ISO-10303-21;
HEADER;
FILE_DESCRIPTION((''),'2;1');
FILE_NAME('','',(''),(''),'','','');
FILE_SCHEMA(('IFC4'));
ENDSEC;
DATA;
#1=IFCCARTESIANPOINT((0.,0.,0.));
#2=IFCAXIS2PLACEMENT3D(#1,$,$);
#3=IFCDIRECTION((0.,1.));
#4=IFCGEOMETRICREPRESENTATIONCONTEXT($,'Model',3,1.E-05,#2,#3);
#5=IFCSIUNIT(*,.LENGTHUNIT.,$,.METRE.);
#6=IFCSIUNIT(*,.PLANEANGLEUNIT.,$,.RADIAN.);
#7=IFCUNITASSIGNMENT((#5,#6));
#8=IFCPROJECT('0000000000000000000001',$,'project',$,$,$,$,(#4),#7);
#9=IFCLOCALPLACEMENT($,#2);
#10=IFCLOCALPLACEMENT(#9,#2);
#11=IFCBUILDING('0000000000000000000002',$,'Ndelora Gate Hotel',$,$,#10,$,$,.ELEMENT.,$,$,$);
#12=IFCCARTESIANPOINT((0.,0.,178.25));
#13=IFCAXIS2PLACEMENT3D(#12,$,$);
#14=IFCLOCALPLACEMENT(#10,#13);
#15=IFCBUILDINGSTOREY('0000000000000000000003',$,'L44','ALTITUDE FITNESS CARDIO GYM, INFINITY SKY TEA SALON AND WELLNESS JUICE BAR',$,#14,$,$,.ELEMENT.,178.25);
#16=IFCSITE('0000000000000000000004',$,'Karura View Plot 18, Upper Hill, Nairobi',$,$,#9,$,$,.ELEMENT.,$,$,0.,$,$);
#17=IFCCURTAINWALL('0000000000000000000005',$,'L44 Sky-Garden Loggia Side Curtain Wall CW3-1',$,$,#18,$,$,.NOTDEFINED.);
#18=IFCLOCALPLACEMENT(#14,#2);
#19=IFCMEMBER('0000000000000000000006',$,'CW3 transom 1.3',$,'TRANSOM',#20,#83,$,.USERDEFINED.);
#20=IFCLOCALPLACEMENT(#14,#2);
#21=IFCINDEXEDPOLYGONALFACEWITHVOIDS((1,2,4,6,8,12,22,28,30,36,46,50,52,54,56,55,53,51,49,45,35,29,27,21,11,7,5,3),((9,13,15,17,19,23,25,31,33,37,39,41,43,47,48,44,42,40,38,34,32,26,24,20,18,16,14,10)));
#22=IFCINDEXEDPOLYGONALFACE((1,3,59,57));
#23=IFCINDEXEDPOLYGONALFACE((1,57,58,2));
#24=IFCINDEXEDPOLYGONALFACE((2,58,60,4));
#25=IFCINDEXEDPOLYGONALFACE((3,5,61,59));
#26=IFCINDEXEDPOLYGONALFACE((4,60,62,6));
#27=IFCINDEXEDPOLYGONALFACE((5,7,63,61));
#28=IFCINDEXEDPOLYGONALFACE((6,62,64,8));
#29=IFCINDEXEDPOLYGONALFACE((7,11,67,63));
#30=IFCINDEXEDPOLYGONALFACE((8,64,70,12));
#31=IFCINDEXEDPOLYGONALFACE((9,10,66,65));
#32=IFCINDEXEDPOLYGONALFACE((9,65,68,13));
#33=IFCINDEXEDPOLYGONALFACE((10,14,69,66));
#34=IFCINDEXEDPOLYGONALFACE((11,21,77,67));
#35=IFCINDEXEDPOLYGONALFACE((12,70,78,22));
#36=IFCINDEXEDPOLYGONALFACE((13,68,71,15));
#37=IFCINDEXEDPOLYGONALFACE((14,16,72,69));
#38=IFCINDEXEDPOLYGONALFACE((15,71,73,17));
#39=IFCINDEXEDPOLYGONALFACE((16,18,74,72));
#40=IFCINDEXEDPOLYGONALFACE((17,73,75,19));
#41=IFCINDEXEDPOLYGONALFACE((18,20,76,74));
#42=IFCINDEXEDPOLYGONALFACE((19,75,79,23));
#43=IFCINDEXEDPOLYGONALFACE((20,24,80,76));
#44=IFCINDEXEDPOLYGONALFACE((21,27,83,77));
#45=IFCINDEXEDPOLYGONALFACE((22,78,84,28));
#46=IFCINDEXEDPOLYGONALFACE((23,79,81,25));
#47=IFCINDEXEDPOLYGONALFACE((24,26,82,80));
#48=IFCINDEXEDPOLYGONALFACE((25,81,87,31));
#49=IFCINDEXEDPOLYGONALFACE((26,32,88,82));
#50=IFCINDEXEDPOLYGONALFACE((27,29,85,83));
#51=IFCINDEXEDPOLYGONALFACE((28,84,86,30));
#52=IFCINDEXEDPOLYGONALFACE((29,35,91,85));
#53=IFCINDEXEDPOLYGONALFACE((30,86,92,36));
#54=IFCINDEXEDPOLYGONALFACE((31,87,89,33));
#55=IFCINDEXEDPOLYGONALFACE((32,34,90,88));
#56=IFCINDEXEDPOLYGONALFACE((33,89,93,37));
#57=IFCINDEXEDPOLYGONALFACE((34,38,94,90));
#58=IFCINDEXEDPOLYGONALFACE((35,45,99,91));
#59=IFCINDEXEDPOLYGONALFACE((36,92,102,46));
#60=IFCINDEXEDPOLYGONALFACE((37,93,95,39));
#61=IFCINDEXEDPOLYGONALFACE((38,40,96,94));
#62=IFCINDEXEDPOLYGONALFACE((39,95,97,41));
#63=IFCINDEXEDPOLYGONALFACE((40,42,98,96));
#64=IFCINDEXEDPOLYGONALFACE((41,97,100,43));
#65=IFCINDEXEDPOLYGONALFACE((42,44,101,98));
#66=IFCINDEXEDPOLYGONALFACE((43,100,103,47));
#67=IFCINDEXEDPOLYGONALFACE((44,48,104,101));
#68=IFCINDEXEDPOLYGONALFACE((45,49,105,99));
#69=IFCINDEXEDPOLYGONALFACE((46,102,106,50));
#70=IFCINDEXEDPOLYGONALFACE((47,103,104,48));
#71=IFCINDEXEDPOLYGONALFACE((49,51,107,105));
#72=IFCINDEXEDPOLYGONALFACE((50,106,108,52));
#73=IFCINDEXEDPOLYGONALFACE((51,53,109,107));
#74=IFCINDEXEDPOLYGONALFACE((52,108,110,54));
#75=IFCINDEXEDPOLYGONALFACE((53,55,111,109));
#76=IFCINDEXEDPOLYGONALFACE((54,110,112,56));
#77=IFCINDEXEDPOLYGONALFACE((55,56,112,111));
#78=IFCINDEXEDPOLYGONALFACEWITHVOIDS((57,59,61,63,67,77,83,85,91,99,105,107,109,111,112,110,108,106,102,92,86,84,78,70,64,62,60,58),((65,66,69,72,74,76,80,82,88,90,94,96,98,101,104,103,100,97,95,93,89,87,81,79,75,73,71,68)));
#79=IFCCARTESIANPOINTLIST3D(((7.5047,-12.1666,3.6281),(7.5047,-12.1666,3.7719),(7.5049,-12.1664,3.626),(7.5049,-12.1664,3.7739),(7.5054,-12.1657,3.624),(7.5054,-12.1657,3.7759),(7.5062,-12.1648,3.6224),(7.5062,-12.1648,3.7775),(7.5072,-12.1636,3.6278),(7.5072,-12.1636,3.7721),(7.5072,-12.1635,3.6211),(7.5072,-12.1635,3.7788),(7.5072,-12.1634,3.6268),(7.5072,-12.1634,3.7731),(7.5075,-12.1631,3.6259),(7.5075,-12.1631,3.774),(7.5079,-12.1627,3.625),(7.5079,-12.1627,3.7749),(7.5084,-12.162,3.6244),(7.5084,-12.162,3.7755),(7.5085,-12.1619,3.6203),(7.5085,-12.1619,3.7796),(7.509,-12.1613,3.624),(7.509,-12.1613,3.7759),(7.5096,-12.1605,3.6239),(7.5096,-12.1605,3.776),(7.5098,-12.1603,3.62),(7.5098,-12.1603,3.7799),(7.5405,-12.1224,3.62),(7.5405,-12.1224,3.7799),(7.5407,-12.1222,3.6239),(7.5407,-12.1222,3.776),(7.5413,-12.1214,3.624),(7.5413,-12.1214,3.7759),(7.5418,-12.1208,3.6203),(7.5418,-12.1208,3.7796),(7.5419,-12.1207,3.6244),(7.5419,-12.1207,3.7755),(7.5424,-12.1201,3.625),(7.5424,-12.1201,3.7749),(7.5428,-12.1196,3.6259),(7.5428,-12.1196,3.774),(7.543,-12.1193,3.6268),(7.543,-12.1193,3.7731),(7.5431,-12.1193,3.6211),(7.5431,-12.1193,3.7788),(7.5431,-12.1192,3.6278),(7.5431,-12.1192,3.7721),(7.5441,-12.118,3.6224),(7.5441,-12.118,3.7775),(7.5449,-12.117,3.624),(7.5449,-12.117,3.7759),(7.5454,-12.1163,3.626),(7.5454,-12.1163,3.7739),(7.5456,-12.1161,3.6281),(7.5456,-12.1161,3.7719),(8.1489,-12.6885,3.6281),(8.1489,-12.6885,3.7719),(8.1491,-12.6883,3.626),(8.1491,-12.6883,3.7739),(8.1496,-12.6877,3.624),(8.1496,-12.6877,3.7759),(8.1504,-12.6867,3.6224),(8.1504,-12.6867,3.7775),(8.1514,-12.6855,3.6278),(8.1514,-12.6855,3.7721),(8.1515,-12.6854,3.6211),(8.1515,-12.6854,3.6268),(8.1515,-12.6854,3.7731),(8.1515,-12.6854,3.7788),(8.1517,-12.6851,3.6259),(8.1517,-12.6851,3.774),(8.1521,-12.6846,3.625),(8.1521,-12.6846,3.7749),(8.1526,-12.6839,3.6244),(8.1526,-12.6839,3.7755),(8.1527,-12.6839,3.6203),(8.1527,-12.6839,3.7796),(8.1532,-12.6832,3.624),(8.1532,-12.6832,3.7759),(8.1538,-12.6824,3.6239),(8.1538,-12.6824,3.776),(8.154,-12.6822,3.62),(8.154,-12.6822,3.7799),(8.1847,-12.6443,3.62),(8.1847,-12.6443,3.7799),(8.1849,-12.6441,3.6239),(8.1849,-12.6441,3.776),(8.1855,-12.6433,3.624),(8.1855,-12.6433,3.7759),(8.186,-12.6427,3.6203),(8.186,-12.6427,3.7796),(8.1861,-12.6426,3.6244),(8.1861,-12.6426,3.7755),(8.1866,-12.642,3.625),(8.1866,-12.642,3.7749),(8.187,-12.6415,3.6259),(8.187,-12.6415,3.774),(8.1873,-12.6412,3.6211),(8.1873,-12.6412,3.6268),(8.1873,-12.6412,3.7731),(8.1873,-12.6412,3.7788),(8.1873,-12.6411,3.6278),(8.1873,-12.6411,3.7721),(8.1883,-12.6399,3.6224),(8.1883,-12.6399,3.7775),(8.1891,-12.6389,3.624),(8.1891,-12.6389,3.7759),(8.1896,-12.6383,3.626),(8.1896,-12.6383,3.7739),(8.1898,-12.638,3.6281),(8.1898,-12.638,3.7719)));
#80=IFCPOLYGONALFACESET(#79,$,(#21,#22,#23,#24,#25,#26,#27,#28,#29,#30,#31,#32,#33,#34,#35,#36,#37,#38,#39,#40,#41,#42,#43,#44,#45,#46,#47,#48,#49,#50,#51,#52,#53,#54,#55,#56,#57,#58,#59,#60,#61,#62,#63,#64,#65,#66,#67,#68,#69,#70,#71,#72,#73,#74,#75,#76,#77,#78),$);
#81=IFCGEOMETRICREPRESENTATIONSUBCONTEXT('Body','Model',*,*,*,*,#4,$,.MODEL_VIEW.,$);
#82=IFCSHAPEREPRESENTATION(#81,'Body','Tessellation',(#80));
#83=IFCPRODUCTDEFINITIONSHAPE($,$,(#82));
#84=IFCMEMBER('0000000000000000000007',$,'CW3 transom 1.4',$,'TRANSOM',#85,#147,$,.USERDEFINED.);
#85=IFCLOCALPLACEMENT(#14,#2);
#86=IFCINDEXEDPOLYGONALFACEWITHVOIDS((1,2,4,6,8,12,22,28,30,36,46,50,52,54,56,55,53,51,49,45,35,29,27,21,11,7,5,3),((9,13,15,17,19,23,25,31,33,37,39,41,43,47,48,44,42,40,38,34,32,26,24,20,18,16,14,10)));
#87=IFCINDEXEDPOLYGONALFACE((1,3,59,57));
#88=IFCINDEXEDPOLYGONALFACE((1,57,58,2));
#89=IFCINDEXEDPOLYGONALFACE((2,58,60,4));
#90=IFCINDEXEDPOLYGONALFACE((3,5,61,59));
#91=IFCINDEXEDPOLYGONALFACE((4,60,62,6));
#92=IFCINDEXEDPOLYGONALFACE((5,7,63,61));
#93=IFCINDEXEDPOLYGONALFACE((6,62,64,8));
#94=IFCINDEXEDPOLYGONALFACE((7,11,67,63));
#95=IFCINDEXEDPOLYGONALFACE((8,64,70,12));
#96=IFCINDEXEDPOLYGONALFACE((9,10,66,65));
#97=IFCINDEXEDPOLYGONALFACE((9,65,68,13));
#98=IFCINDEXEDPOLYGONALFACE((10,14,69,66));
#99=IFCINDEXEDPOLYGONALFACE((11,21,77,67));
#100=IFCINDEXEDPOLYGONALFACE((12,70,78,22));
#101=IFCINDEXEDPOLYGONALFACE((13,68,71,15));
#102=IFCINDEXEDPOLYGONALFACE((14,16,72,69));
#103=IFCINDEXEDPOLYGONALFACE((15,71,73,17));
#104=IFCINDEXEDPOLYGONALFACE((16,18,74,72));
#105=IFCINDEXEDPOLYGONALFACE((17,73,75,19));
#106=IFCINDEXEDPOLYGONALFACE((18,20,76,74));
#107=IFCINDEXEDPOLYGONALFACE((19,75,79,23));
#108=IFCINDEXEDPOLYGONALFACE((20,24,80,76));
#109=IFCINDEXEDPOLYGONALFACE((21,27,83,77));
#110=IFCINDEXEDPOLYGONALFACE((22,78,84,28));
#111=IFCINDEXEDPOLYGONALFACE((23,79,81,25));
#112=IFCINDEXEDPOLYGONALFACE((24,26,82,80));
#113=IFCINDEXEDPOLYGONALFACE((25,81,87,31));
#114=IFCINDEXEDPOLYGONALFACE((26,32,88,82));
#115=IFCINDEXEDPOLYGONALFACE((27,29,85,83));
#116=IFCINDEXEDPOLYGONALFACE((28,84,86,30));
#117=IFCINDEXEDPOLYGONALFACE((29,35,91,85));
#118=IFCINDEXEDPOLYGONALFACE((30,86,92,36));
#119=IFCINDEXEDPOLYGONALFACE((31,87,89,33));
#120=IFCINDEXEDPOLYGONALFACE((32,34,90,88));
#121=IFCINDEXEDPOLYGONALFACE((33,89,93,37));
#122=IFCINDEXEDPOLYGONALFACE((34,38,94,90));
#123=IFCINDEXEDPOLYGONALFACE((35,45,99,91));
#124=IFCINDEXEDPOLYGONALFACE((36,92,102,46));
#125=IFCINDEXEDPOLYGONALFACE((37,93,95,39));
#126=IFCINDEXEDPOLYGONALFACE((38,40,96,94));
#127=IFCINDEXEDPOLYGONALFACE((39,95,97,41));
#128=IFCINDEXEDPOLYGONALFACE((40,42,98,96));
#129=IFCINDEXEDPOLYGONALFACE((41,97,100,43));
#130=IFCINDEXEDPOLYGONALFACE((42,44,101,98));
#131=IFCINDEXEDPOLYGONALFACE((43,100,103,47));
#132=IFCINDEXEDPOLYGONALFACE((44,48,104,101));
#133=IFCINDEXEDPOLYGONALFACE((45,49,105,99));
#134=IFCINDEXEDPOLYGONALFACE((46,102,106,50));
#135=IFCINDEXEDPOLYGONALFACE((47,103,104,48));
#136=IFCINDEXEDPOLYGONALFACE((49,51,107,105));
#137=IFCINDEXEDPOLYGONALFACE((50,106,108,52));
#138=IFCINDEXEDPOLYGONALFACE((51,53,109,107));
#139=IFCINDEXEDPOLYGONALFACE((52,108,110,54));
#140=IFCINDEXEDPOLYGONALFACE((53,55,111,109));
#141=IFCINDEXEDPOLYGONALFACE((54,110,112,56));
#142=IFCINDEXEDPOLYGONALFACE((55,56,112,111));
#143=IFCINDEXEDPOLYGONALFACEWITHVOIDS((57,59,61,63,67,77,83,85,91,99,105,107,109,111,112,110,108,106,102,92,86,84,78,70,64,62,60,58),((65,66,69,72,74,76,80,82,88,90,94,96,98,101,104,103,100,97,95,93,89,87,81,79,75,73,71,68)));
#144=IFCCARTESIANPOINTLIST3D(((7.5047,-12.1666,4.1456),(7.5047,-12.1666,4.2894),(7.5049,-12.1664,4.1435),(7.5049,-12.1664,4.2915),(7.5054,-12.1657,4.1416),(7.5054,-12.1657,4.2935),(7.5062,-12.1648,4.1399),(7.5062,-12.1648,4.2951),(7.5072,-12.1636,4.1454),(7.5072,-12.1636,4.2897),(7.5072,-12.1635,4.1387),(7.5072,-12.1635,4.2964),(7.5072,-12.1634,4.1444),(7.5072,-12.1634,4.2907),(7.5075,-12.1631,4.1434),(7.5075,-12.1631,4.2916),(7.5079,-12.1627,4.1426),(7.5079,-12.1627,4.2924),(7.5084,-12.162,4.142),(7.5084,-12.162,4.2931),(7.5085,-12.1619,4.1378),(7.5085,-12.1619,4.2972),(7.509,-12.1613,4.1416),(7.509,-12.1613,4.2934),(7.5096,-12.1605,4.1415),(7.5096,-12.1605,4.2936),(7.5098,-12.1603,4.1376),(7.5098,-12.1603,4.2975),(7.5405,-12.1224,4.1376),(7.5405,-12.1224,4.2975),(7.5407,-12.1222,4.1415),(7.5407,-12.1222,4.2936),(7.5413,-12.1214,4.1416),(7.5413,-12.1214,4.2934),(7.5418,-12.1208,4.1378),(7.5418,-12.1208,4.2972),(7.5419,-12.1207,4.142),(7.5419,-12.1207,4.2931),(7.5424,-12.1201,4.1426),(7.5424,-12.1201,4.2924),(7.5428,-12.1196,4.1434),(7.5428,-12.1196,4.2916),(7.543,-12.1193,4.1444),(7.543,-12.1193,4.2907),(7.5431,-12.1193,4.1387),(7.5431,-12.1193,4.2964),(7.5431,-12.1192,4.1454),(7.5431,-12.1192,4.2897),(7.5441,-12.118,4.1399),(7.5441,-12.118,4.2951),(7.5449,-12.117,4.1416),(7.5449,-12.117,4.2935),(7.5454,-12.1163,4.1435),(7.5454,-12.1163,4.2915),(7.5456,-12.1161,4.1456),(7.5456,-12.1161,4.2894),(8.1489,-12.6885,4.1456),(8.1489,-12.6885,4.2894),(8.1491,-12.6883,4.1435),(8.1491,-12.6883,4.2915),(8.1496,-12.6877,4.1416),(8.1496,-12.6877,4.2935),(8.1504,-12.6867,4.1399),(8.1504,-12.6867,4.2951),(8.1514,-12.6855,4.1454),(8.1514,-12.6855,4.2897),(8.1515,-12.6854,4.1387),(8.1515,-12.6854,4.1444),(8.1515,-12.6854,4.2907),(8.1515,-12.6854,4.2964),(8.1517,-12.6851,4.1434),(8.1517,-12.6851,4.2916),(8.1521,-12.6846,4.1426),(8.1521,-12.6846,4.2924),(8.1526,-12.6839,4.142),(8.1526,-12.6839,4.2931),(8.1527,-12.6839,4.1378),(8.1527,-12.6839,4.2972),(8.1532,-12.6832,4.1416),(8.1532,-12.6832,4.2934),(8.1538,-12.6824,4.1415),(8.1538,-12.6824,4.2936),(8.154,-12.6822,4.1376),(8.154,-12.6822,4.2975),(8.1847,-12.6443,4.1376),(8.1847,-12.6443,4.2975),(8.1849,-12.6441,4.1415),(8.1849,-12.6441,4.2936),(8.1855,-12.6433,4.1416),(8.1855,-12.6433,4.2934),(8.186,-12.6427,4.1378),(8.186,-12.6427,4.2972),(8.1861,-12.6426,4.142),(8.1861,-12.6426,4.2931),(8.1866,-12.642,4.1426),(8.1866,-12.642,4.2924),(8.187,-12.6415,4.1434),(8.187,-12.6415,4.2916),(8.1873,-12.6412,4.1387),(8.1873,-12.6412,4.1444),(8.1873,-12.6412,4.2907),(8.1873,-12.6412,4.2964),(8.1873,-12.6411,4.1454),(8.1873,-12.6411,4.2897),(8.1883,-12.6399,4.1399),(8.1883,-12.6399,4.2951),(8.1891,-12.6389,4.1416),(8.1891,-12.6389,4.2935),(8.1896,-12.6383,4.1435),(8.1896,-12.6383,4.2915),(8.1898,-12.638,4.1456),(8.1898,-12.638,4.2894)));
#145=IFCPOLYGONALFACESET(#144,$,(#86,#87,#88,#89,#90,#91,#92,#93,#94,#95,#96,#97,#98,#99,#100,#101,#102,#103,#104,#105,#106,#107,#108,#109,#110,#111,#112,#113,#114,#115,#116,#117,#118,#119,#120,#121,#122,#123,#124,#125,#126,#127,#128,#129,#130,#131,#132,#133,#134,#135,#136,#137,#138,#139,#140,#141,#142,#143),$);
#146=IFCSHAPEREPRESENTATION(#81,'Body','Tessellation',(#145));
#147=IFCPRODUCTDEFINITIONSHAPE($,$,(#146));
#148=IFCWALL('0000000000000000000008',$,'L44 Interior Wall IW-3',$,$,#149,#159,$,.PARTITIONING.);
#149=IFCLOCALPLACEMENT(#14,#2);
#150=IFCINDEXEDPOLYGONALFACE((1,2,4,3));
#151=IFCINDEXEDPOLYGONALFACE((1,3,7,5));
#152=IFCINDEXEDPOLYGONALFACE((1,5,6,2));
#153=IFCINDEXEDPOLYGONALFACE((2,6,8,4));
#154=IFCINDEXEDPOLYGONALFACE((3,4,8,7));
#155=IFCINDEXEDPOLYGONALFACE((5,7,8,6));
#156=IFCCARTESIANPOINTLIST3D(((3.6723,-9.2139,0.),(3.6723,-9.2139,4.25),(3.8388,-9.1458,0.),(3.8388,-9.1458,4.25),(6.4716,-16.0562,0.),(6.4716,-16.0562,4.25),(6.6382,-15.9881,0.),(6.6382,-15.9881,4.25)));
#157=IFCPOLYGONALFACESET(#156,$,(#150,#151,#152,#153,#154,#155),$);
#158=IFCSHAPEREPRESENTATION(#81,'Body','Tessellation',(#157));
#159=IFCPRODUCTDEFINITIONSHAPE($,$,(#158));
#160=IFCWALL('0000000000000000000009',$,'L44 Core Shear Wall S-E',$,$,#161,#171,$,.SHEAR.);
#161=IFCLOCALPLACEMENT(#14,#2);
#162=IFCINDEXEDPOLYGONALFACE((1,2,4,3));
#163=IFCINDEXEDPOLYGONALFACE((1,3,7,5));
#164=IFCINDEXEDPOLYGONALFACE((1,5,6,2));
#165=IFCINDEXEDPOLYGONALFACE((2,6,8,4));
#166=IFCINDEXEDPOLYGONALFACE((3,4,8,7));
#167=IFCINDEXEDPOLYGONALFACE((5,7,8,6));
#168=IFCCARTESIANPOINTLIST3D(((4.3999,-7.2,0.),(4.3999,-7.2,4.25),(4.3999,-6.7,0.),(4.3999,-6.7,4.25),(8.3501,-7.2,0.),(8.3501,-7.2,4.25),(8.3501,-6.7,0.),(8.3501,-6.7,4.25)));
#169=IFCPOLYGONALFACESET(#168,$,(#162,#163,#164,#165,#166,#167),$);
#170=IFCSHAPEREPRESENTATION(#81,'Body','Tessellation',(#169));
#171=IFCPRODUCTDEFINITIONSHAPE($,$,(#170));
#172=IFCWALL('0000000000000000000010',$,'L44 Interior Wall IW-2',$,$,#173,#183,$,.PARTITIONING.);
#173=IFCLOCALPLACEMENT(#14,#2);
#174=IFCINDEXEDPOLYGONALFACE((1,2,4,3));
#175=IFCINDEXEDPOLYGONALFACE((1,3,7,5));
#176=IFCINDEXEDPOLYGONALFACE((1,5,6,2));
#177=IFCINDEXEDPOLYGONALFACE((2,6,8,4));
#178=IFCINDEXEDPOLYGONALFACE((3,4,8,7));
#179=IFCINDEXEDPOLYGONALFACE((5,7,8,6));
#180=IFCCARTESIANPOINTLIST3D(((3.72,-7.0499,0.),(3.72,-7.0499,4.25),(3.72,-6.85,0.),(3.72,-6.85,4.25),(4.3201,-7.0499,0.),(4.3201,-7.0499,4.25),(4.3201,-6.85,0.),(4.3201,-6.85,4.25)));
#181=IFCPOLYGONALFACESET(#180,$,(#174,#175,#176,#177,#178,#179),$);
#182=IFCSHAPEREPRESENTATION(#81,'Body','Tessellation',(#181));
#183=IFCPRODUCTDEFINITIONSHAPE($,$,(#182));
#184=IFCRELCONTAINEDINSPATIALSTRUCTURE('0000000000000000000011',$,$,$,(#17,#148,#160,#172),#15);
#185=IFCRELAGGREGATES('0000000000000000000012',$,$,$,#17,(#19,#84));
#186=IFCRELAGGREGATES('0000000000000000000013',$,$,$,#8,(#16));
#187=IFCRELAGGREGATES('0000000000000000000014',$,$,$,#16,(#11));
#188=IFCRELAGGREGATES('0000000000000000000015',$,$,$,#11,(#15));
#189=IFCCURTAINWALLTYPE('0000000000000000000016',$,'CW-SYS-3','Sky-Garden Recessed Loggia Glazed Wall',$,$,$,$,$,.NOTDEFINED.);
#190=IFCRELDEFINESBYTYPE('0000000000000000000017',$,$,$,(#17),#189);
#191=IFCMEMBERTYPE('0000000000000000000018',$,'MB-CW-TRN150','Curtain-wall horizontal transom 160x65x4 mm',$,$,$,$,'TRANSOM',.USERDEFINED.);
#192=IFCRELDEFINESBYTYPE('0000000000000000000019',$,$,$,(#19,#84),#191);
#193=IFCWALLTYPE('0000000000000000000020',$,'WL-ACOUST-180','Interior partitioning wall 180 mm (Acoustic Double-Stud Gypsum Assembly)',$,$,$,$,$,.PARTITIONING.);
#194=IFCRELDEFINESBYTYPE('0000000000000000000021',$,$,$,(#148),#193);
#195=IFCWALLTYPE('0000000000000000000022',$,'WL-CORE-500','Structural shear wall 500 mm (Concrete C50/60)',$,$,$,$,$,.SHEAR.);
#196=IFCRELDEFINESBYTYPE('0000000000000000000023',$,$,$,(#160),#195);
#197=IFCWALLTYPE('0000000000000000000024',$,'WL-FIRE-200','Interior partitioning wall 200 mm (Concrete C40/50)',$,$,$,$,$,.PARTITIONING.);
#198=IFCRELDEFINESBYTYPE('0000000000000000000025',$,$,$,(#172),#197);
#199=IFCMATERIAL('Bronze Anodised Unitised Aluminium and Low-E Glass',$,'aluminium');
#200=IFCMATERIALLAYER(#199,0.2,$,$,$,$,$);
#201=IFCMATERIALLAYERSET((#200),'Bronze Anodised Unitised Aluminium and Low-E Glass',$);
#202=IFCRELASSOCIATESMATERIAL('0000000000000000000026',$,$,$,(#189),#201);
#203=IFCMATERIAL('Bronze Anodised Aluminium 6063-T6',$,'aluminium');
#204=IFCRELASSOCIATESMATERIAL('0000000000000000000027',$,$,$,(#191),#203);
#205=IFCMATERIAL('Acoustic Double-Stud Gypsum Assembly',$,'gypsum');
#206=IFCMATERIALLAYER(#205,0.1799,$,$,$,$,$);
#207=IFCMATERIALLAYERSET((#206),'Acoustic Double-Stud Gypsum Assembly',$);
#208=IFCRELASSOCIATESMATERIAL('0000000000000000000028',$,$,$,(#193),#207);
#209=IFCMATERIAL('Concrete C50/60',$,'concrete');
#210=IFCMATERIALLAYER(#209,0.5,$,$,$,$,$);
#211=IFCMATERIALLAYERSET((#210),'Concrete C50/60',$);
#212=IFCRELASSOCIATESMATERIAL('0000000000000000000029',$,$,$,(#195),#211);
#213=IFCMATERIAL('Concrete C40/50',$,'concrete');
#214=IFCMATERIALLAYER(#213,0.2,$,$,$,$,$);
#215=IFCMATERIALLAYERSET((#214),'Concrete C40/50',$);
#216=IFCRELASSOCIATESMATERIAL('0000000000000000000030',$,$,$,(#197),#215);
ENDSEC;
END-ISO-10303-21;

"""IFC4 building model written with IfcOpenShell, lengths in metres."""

from ifc_helpers import new_model, si_unit, direction, frame, frame_2d, origin, origin_2d, place, context, subcontext, project, spatial, rectangle, hollow_rectangle, extrude, material, layer, layer_set, material_profile, profile_set, type_object, element, aggregate, save


model = new_model("IFC4")

# Units and contexts
model_context = context("Model", 3, precision=1e-05, world=origin(), true_north=direction((0.0, 1.0)))
body_context = subcontext(model_context, "Body", "Model", "MODEL_VIEW")
ifc_project = project(units=[si_unit("LENGTHUNIT", "METRE"), si_unit("PLANEANGLEUNIT", "RADIAN")], contexts=[model_context])

# Site, building, storey
site_placement = place(None, origin())
site = spatial("IfcSite", under=ifc_project, at=site_placement, Name="Karura View Plot 18, Upper Hill, Nairobi", CompositionType="ELEMENT", RefElevation=0.0)
building_placement = place(site_placement, origin())
building = spatial("IfcBuilding", under=site, at=building_placement, Name="Ndelora Gate Hotel", CompositionType="ELEMENT")
storey_placement = place(building_placement, frame((0.0, 0.0, 178.25)))
storey = spatial("IfcBuildingStorey", under=building, at=storey_placement, Name="L44", Description="ALTITUDE FITNESS CARDIO GYM, INFINITY SKY TEA SALON AND WELLNESS JUICE BAR", CompositionType="ELEMENT", Elevation=178.25)

# Shared definitions
ifc_material_1 = material(Name="Concrete C50/60", Category="concrete")

# Curtain wall, members
ifc_material_2 = material(Name="Bronze Anodised Unitised Aluminium and Low-E Glass", Category="aluminium")
ifc_layer_1 = layer(ifc_material_2, 0.2)
ifc_layer_set_1 = layer_set([ifc_layer_1], Name="Bronze Anodised Unitised Aluminium and Low-E Glass")
curtain_wall_type = type_object("IfcCurtainWallType", Name="CW-SYS-3", Description="Sky-Garden Recessed Loggia Glazed Wall", PredefinedType="NOTDEFINED", material=ifc_layer_set_1)
curtain_wall_placement = place(storey_placement, origin())
curtain_wall = element("IfcCurtainWall", 1, at=curtain_wall_placement, inside=storey, type_object=curtain_wall_type, Name="L44 Sky-Garden Loggia Side Curtain Wall CW3-1", PredefinedType="NOTDEFINED")
ifc_material_3 = material(Name="Bronze Anodised Aluminium 6063-T6", Category="aluminium")
ifc_material_profile_1 = material_profile(ifc_material_3, hollow_rectangle(XDim=0.0649, YDim=0.1599, WallThickness=0.0039, InnerFilletRadius=0.0039, OuterFilletRadius=0.0081, at=origin_2d()), Name="ALU 160x65x4")
ifc_profile_set_1 = profile_set([ifc_material_profile_1], Name="Bronze Anodised Aluminium 6063-T6")
member_type_1 = type_object("IfcMemberType", Name="MB-CW-TRN150", Description="Curtain-wall horizontal transom 160x65x4 mm", ElementType="TRANSOM", PredefinedType="USERDEFINED", material=ifc_profile_set_1)
member_1_placement = place(storey_placement, frame((7.5251, -12.1414, 3.7), z_axis=(0.777005, -0.629495, 0.0), x_axis=(0.629495, 0.777005, 0.0)))
member_1 = element("IfcMember", 2, at=member_1_placement, type_object=member_type_1, Name="CW3 transom 1.3", ObjectType="TRANSOM", PredefinedType="USERDEFINED", context=body_context, shape_type="SweptSolid", body=[
    extrude(hollow_rectangle(XDim=0.0649, YDim=0.1599, WallThickness=0.0039, InnerFilletRadius=0.0039, OuterFilletRadius=0.0081, at=origin_2d()), origin(), (0.0, 0.0, 1.0), 0.8291),
])
member_2_placement = place(storey_placement, frame((7.5251, -12.1414, 4.2175), z_axis=(0.777005, -0.629495, 0.0), x_axis=(0.629495, 0.777005, 0.0)))
member_2 = element("IfcMember", 3, at=member_2_placement, type_object=member_type_1, Name="CW3 transom 1.4", ObjectType="TRANSOM", PredefinedType="USERDEFINED", context=body_context, shape_type="SweptSolid", body=[
    extrude(hollow_rectangle(XDim=0.0649, YDim=0.1599, WallThickness=0.0039, InnerFilletRadius=0.0039, OuterFilletRadius=0.0081, at=origin_2d()), origin(), (0.0, 0.0, 1.0), 0.8291),
])
aggregate(curtain_wall, [member_1, member_2])

# Walls
ifc_material_4 = material(Name="Acoustic Double-Stud Gypsum Assembly", Category="gypsum")
ifc_layer_2 = layer(ifc_material_4, 0.1799)
ifc_layer_set_2 = layer_set([ifc_layer_2], Name="Acoustic Double-Stud Gypsum Assembly")
wall_type_1 = type_object("IfcWallType", Name="WL-ACOUST-180", Description="Interior partitioning wall 180 mm (Acoustic Double-Stud Gypsum Assembly)", PredefinedType="PARTITIONING", material=ifc_layer_set_2)
wall_1_placement = place(storey_placement, frame((3.7556, -9.1799, 0.0), z_axis=(0.0, 0.0, 1.0), x_axis=(0.378656, -0.925537, 0.0)))
element("IfcWall", 4, at=wall_1_placement, inside=storey, type_object=wall_type_1, Name="L44 Interior Wall IW-3", PredefinedType="PARTITIONING", context=body_context, shape_type="SweptSolid", body=[
    extrude(rectangle(XDim=7.3928, YDim=0.1799, at=frame_2d((3.6963, 0.0))), origin(), (0.0, 0.0, 1.0), 4.25),
])
ifc_layer_3 = layer(ifc_material_1, 0.5)
ifc_layer_set_3 = layer_set([ifc_layer_3], Name="Concrete C50/60")
wall_type_2 = type_object("IfcWallType", Name="WL-CORE-500", Description="Structural shear wall 500 mm (Concrete C50/60)", PredefinedType="SHEAR", material=ifc_layer_set_3)
wall_2_placement = place(storey_placement, frame((4.3999, -6.95, 0.0), z_axis=(0.0, 0.0, 1.0), x_axis=(1.0, 0.0, 0.0)))
element("IfcWall", 5, at=wall_2_placement, inside=storey, type_object=wall_type_2, Name="L44 Core Shear Wall S-E", PredefinedType="SHEAR", context=body_context, shape_type="SweptSolid", body=[
    extrude(rectangle(XDim=3.9502, YDim=0.5, at=frame_2d((1.9751, 0.0))), origin(), (0.0, 0.0, 1.0), 4.25),
])
ifc_material_5 = material(Name="Concrete C40/50", Category="concrete")
ifc_layer_4 = layer(ifc_material_5, 0.2)
ifc_layer_set_4 = layer_set([ifc_layer_4], Name="Concrete C40/50")
wall_type_3 = type_object("IfcWallType", Name="WL-FIRE-200", Description="Interior partitioning wall 200 mm (Concrete C40/50)", PredefinedType="PARTITIONING", material=ifc_layer_set_4)
wall_3_placement = place(storey_placement, frame((3.72, -6.95, 0.0), z_axis=(0.0, 0.0, 1.0), x_axis=(1.0, 0.0, 0.0)))
element("IfcWall", 6, at=wall_3_placement, inside=storey, type_object=wall_type_3, Name="L44 Interior Wall IW-2", PredefinedType="PARTITIONING", context=body_context, shape_type="SweptSolid", body=[
    extrude(rectangle(XDim=0.6001, YDim=0.2, at=frame_2d((0.3, 0.0))), origin(), (0.0, 0.0, 1.0), 4.25),
])

save(model, "model.ifc")
